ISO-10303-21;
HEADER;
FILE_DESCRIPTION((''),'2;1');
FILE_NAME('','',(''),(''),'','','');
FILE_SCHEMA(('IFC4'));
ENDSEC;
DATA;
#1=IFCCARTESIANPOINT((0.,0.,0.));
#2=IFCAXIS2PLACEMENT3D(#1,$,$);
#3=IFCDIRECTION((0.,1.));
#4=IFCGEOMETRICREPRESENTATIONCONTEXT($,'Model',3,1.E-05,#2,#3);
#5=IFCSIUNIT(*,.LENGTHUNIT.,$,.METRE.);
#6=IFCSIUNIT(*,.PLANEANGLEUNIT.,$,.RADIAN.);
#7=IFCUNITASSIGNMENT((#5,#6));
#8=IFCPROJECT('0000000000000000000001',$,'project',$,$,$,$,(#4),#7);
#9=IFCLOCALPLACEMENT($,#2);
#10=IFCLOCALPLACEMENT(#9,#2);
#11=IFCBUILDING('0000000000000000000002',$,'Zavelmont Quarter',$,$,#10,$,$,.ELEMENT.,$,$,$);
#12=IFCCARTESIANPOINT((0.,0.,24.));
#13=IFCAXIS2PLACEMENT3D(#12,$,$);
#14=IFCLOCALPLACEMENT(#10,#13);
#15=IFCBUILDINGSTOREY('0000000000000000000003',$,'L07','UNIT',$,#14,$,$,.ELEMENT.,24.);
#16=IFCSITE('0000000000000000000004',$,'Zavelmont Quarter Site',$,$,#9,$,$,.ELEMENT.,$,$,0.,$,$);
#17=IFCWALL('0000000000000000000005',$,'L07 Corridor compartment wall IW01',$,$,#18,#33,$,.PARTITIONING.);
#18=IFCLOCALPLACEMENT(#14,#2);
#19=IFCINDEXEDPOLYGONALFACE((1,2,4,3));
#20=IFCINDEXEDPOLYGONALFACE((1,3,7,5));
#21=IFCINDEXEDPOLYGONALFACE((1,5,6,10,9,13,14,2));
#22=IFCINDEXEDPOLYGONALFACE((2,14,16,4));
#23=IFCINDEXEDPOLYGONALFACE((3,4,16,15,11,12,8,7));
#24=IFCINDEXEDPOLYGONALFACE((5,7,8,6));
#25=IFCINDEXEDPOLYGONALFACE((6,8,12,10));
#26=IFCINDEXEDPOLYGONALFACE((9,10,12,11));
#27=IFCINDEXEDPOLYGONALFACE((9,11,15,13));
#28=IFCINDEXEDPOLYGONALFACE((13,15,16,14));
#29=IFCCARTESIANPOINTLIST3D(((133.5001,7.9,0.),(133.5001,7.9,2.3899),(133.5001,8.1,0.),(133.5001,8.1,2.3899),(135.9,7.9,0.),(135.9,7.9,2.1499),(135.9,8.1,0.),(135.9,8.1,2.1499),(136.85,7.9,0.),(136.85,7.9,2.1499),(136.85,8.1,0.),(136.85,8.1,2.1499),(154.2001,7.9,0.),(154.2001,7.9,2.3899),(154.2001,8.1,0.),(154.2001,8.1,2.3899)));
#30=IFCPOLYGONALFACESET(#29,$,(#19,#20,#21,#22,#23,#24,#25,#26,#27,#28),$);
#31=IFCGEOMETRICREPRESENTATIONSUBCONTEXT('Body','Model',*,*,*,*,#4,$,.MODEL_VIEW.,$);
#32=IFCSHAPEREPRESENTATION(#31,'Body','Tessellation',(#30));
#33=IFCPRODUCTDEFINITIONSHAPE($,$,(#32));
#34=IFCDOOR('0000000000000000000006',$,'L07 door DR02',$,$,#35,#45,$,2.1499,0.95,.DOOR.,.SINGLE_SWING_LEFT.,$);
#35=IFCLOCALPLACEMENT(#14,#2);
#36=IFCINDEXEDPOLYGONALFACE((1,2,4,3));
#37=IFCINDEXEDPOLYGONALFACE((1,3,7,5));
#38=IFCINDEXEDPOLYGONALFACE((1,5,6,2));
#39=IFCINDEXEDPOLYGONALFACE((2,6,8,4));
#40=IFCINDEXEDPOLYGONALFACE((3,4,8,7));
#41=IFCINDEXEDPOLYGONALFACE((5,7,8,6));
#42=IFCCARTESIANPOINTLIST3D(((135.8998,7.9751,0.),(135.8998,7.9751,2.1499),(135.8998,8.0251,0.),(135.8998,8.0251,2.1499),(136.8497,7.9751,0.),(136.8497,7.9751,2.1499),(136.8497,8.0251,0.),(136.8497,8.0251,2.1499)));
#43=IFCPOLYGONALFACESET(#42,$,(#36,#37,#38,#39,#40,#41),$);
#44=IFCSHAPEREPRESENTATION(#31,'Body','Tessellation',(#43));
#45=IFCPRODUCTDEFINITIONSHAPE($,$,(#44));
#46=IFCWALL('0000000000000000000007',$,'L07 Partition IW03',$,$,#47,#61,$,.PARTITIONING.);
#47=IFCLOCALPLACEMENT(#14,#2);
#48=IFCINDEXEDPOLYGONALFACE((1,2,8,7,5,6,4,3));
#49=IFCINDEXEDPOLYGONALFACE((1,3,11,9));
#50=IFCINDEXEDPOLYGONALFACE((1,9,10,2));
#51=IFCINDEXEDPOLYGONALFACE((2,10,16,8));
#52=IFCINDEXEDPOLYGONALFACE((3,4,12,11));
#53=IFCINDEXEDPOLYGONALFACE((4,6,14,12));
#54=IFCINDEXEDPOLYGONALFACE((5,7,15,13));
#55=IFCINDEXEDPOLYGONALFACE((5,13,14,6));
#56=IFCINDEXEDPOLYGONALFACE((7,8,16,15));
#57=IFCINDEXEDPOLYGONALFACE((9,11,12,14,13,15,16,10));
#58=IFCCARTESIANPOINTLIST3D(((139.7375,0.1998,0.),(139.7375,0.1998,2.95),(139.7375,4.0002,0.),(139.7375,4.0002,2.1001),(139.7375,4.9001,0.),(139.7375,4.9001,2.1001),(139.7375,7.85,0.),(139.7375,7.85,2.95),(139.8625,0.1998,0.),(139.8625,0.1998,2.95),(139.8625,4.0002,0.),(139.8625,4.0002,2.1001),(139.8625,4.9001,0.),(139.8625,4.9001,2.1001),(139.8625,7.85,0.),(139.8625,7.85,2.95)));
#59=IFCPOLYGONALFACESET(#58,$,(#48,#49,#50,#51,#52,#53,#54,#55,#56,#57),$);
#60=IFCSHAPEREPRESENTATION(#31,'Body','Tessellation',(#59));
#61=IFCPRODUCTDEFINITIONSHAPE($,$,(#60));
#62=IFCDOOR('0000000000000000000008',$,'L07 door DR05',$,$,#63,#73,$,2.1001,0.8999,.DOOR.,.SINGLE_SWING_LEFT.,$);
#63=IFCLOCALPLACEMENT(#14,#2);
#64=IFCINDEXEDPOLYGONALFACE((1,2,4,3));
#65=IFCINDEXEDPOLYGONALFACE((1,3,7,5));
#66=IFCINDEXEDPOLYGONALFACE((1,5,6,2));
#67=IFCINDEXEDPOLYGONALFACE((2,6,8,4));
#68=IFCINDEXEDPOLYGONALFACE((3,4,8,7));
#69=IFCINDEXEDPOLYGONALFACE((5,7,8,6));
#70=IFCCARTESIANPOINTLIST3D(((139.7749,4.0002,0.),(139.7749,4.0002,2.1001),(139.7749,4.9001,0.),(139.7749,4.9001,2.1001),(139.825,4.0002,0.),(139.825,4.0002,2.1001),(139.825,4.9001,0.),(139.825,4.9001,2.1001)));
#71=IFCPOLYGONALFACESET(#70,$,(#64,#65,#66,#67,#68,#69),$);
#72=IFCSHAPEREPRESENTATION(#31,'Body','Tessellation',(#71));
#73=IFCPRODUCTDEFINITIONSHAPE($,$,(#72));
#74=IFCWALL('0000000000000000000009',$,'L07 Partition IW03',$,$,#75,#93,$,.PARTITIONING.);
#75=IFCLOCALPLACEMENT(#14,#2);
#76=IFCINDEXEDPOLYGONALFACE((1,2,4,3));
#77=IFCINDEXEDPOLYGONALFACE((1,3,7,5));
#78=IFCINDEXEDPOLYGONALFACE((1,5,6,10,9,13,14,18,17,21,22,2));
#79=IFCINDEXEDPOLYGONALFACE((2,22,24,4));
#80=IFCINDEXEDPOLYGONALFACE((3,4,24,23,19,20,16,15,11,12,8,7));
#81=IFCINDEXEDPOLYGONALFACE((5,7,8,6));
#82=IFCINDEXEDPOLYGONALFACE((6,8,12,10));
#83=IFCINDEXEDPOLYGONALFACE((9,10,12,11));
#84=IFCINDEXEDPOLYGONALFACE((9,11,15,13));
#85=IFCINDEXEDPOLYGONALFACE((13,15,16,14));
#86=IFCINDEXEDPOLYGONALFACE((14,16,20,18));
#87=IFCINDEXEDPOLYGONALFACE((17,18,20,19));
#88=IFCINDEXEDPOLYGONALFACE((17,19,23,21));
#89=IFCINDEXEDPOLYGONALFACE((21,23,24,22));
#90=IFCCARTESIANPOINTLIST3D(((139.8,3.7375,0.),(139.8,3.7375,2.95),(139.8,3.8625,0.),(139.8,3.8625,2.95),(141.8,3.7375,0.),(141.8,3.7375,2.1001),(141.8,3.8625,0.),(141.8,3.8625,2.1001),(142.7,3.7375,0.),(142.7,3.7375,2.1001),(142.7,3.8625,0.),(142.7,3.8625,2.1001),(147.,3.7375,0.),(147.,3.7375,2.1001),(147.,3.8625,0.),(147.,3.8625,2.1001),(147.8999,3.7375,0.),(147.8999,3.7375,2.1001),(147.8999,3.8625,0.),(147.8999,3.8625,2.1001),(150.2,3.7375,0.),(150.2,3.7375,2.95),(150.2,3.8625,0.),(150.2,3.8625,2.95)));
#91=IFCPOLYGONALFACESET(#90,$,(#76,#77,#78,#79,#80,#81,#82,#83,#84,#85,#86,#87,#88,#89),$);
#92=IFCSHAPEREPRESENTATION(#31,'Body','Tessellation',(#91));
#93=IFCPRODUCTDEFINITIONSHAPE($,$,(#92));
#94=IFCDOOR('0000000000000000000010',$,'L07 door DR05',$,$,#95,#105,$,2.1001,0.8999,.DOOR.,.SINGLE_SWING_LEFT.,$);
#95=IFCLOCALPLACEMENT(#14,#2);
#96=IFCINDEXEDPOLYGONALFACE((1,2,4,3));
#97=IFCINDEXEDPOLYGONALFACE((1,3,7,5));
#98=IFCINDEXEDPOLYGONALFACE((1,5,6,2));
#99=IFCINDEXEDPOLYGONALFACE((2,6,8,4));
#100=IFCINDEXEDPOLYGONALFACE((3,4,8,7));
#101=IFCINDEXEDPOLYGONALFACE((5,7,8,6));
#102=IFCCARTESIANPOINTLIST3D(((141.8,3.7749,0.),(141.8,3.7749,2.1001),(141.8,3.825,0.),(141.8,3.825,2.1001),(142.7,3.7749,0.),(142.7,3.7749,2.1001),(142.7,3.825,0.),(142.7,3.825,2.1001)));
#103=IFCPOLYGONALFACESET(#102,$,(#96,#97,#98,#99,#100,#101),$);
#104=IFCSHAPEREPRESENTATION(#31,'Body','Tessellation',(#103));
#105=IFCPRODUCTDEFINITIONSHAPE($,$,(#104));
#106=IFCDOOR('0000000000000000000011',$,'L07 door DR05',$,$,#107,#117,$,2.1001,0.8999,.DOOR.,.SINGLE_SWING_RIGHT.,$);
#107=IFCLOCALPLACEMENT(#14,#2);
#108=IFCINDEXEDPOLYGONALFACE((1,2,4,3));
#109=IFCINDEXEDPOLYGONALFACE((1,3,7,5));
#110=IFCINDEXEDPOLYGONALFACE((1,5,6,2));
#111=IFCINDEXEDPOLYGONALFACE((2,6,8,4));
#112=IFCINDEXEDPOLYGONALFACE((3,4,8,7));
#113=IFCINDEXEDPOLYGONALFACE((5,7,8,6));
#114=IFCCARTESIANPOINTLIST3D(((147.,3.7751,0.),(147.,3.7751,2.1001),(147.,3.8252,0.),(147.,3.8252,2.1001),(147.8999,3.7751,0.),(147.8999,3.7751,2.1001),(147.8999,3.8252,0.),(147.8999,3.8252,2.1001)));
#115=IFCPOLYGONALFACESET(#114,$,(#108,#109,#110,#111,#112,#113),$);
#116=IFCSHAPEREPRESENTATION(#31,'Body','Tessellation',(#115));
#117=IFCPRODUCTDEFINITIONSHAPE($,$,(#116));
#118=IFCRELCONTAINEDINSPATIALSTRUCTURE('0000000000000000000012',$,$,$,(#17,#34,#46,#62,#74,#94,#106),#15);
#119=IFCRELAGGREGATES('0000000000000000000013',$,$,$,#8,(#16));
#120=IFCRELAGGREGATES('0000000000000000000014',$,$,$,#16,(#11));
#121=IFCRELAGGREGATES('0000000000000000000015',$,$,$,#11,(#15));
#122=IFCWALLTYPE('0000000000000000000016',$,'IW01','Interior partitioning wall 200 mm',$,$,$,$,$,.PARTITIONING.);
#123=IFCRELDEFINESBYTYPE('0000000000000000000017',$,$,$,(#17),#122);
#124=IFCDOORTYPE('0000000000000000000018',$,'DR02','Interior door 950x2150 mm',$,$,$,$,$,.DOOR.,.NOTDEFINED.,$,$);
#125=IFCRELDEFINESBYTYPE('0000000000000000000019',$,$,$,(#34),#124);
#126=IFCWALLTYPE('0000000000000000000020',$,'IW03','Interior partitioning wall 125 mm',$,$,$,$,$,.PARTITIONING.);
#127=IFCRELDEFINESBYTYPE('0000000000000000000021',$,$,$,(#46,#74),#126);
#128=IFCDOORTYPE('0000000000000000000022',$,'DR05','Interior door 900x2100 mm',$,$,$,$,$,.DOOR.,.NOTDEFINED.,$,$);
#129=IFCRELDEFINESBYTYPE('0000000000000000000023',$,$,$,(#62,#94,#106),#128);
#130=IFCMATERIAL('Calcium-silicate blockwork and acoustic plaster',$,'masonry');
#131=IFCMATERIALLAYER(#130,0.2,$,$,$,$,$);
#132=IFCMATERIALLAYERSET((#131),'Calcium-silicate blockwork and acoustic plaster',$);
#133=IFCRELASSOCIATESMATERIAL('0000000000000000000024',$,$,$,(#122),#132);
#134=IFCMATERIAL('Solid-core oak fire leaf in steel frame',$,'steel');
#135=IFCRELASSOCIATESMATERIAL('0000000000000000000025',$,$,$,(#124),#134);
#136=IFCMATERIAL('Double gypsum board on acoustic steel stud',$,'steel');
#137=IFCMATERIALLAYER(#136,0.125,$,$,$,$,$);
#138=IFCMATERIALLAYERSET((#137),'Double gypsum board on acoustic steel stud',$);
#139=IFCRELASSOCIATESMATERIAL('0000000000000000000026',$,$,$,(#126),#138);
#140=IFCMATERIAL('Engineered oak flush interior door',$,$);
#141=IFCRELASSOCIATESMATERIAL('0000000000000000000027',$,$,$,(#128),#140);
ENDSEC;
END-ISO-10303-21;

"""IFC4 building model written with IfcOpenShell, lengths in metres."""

from ifc_helpers import new_model, si_unit, direction, frame, frame_2d, origin, origin_with_axes, place, context, subcontext, project, spatial, rectangle, extrude, material, layer, layer_set, type_object, element, fill, save


model = new_model("IFC4")

# Units and contexts
model_context = context("Model", 3, precision=1e-05, world=origin(), true_north=direction((0.0, 1.0)))
body_context = subcontext(model_context, "Body", "Model", "MODEL_VIEW")
ifc_project = project(units=[si_unit("LENGTHUNIT", "METRE"), si_unit("PLANEANGLEUNIT", "RADIAN")], contexts=[model_context])

# Site, building, storey
site_placement = place(None, origin())
site = spatial("IfcSite", under=ifc_project, at=site_placement, Name="Zavelmont Quarter Site", CompositionType="ELEMENT", RefElevation=0.0)
building_placement = place(site_placement, origin())
building = spatial("IfcBuilding", under=site, at=building_placement, Name="Zavelmont Quarter", CompositionType="ELEMENT")
storey_placement = place(building_placement, frame((0.0, 0.0, 24.0)))
storey = spatial("IfcBuildingStorey", under=building, at=storey_placement, Name="L07", Description="UNIT", CompositionType="ELEMENT", Elevation=24.0)

# Shared definitions
ifc_material_1 = material(Name="Calcium-silicate blockwork and acoustic plaster", Category="masonry")
ifc_layer_1 = layer(ifc_material_1, 0.2)
ifc_layer_set_1 = layer_set([ifc_layer_1], Name="Calcium-silicate blockwork and acoustic plaster")
wall_type_1 = type_object("IfcWallType", Name="IW01", Description="Interior partitioning wall 200 mm", PredefinedType="PARTITIONING", material=ifc_layer_set_1)

# Walls, openings, doors
wall_1_placement = place(storey_placement, frame((133.5, 8.0, 0.0), z_axis=(0.0, 0.0, 1.0), x_axis=(1.0, 0.0, 0.0)))
wall_1 = element("IfcWall", 1, at=wall_1_placement, inside=storey, type_object=wall_type_1, Name="L07 Corridor compartment wall IW01", PredefinedType="PARTITIONING", context=body_context, shape_type="SweptSolid", body=[
    extrude(rectangle(XDim=20.7, YDim=0.2, at=frame_2d((10.3501, 0.0))), origin(), (0.0, 0.0, 1.0), 2.3899),
])
opening_1_placement = place(wall_1_placement, frame((2.3999, 0.0, 0.0)))
opening_1 = element("IfcOpeningElement", 2, at=opening_1_placement, cuts=wall_1, PredefinedType="OPENING", context=body_context, shape_type="SweptSolid", body=[
    extrude(rectangle(XDim=0.95, YDim=2.1499, at=frame_2d((0.4751, 1.075))), frame((0.0, 0.1118, 0.0), z_axis=(0.0, -1.0, 0.0), x_axis=(1.0, 0.0, 0.0)), (0.0, 0.0, 1.0), 0.2239),
])
ifc_material_2 = material(Name="Solid-core oak fire leaf in steel frame", Category="steel")
door_type_1 = type_object("IfcDoorType", Name="DR02", Description="Interior door 950x2150 mm", OperationType="NOTDEFINED", PredefinedType="DOOR", material=ifc_material_2)
door_1_placement = place(opening_1_placement, frame((0.95, 0.0, 0.0), z_axis=(0.0, 0.0, 1.0), x_axis=(-1.0, 0.0, 0.0)))
door_1 = element("IfcDoor", 3, at=door_1_placement, inside=storey, type_object=door_type_1, Name="L07 door DR02", OperationType="SINGLE_SWING_LEFT", OverallHeight=2.1499, OverallWidth=0.95, PredefinedType="DOOR", context=body_context, shape_type="SweptSolid", body=[
    extrude(rectangle(XDim=0.95, YDim=2.1499, at=frame_2d((0.4751, 1.075))), frame((0.0, 0.0249, 0.0), z_axis=(0.0, -1.0, 0.0), x_axis=(1.0, 0.0, 0.0)), (0.0, 0.0, 1.0), 0.05),
])
fill(opening_1, door_1)
ifc_material_3 = material(Name="Double gypsum board on acoustic steel stud", Category="steel")
ifc_layer_2 = layer(ifc_material_3, 0.125)
ifc_layer_set_2 = layer_set([ifc_layer_2], Name="Double gypsum board on acoustic steel stud")
wall_type_2 = type_object("IfcWallType", Name="IW03", Description="Interior partitioning wall 125 mm", PredefinedType="PARTITIONING", material=ifc_layer_set_2)
wall_2_placement = place(storey_placement, frame((139.8, 7.8501, 0.0), z_axis=(0.0, 0.0, 1.0), x_axis=(0.0, -1.0, 0.0)))
wall_2 = element("IfcWall", 4, at=wall_2_placement, inside=storey, type_object=wall_type_2, Name="L07 Partition IW03", PredefinedType="PARTITIONING", context=body_context, shape_type="SweptSolid", body=[
    extrude(rectangle(XDim=7.6501, YDim=0.125, at=frame_2d((3.8252, 0.0))), origin(), (0.0, 0.0, 1.0), 2.95),
])
opening_2_placement = place(wall_2_placement, frame((2.95, 0.0, 0.0)))
opening_2 = element("IfcOpeningElement", 5, at=opening_2_placement, cuts=wall_2, PredefinedType="OPENING", context=body_context, shape_type="SweptSolid", body=[
    extrude(rectangle(XDim=0.8999, YDim=2.1001, at=frame_2d((0.45, 1.05))), frame((0.0, 0.0745, 0.0), z_axis=(0.0, -1.0, 0.0), x_axis=(1.0, 0.0, 0.0)), (0.0, 0.0, 1.0), 0.1489),
])
ifc_material_4 = material(Name="Engineered oak flush interior door")
door_type_2 = type_object("IfcDoorType", Name="DR05", Description="Interior door 900x2100 mm", OperationType="NOTDEFINED", PredefinedType="DOOR", material=ifc_material_4)
door_2_placement = place(opening_2_placement, origin_with_axes())
door_2 = element("IfcDoor", 6, at=door_2_placement, inside=storey, type_object=door_type_2, Name="L07 door DR05", OperationType="SINGLE_SWING_LEFT", OverallHeight=2.1001, OverallWidth=0.8999, PredefinedType="DOOR", context=body_context, shape_type="SweptSolid", body=[
    extrude(rectangle(XDim=0.8999, YDim=2.1001, at=frame_2d((0.45, 1.05))), frame((0.0, 0.0249, 0.0), z_axis=(0.0, -1.0, 0.0), x_axis=(1.0, 0.0, 0.0)), (0.0, 0.0, 1.0), 0.05),
])
fill(opening_2, door_2)

# Wall, openings, doors
wall_3_placement = place(storey_placement, frame((139.8, 3.8, 0.0), z_axis=(0.0, 0.0, 1.0), x_axis=(1.0, 0.0, 0.0)))
wall_3 = element("IfcWall", 7, at=wall_3_placement, inside=storey, type_object=wall_type_2, Name="L07 Partition IW03", PredefinedType="PARTITIONING", context=body_context, shape_type="SweptSolid", body=[
    extrude(rectangle(XDim=10.3999, YDim=0.125, at=frame_2d((5.2, 0.0))), origin(), (0.0, 0.0, 1.0), 2.95),
])
opening_3_placement = place(wall_3_placement, frame((2.0, 0.0, 0.0)))
opening_3 = element("IfcOpeningElement", 8, at=opening_3_placement, cuts=wall_3, PredefinedType="OPENING", context=body_context, shape_type="SweptSolid", body=[
    extrude(rectangle(XDim=0.8999, YDim=2.1001, at=frame_2d((0.45, 1.05))), frame((0.0, 0.0745, 0.0), z_axis=(0.0, -1.0, 0.0), x_axis=(1.0, 0.0, 0.0)), (0.0, 0.0, 1.0), 0.1489),
])
opening_4_placement = place(wall_3_placement, frame((7.2, 0.0, 0.0)))
opening_4 = element("IfcOpeningElement", 9, at=opening_4_placement, cuts=wall_3, PredefinedType="OPENING", context=body_context, shape_type="SweptSolid", body=[
    extrude(rectangle(XDim=0.8999, YDim=2.1001, at=frame_2d((0.45, 1.05))), frame((0.0, 0.0745, 0.0), z_axis=(0.0, -1.0, 0.0), x_axis=(1.0, 0.0, 0.0)), (0.0, 0.0, 1.0), 0.1489),
])
door_3_placement = place(opening_3_placement, origin_with_axes())
door_3 = element("IfcDoor", 10, at=door_3_placement, inside=storey, type_object=door_type_2, Name="L07 door DR05", OperationType="SINGLE_SWING_LEFT", OverallHeight=2.1001, OverallWidth=0.8999, PredefinedType="DOOR", context=body_context, shape_type="SweptSolid", body=[
    extrude(rectangle(XDim=0.8999, YDim=2.1001, at=frame_2d((0.45, 1.05))), frame((0.0, 0.0249, 0.0), z_axis=(0.0, -1.0, 0.0), x_axis=(1.0, 0.0, 0.0)), (0.0, 0.0, 1.0), 0.05),
])
fill(opening_3, door_3)
door_4_placement = place(opening_4_placement, frame((0.8999, 0.0, 0.0), z_axis=(0.0, 0.0, 1.0), x_axis=(-1.0, 0.0, 0.0)))
door_4 = element("IfcDoor", 11, at=door_4_placement, inside=storey, type_object=door_type_2, Name="L07 door DR05", OperationType="SINGLE_SWING_RIGHT", OverallHeight=2.1001, OverallWidth=0.8999, PredefinedType="DOOR", context=body_context, shape_type="SweptSolid", body=[
    extrude(rectangle(XDim=0.8999, YDim=2.1001, at=frame_2d((0.45, 1.05))), frame((0.0, 0.0249, 0.0), z_axis=(0.0, -1.0, 0.0), x_axis=(1.0, 0.0, 0.0)), (0.0, 0.0, 1.0), 0.05),
])
fill(opening_4, door_4)

save(model, "model.ifc")
